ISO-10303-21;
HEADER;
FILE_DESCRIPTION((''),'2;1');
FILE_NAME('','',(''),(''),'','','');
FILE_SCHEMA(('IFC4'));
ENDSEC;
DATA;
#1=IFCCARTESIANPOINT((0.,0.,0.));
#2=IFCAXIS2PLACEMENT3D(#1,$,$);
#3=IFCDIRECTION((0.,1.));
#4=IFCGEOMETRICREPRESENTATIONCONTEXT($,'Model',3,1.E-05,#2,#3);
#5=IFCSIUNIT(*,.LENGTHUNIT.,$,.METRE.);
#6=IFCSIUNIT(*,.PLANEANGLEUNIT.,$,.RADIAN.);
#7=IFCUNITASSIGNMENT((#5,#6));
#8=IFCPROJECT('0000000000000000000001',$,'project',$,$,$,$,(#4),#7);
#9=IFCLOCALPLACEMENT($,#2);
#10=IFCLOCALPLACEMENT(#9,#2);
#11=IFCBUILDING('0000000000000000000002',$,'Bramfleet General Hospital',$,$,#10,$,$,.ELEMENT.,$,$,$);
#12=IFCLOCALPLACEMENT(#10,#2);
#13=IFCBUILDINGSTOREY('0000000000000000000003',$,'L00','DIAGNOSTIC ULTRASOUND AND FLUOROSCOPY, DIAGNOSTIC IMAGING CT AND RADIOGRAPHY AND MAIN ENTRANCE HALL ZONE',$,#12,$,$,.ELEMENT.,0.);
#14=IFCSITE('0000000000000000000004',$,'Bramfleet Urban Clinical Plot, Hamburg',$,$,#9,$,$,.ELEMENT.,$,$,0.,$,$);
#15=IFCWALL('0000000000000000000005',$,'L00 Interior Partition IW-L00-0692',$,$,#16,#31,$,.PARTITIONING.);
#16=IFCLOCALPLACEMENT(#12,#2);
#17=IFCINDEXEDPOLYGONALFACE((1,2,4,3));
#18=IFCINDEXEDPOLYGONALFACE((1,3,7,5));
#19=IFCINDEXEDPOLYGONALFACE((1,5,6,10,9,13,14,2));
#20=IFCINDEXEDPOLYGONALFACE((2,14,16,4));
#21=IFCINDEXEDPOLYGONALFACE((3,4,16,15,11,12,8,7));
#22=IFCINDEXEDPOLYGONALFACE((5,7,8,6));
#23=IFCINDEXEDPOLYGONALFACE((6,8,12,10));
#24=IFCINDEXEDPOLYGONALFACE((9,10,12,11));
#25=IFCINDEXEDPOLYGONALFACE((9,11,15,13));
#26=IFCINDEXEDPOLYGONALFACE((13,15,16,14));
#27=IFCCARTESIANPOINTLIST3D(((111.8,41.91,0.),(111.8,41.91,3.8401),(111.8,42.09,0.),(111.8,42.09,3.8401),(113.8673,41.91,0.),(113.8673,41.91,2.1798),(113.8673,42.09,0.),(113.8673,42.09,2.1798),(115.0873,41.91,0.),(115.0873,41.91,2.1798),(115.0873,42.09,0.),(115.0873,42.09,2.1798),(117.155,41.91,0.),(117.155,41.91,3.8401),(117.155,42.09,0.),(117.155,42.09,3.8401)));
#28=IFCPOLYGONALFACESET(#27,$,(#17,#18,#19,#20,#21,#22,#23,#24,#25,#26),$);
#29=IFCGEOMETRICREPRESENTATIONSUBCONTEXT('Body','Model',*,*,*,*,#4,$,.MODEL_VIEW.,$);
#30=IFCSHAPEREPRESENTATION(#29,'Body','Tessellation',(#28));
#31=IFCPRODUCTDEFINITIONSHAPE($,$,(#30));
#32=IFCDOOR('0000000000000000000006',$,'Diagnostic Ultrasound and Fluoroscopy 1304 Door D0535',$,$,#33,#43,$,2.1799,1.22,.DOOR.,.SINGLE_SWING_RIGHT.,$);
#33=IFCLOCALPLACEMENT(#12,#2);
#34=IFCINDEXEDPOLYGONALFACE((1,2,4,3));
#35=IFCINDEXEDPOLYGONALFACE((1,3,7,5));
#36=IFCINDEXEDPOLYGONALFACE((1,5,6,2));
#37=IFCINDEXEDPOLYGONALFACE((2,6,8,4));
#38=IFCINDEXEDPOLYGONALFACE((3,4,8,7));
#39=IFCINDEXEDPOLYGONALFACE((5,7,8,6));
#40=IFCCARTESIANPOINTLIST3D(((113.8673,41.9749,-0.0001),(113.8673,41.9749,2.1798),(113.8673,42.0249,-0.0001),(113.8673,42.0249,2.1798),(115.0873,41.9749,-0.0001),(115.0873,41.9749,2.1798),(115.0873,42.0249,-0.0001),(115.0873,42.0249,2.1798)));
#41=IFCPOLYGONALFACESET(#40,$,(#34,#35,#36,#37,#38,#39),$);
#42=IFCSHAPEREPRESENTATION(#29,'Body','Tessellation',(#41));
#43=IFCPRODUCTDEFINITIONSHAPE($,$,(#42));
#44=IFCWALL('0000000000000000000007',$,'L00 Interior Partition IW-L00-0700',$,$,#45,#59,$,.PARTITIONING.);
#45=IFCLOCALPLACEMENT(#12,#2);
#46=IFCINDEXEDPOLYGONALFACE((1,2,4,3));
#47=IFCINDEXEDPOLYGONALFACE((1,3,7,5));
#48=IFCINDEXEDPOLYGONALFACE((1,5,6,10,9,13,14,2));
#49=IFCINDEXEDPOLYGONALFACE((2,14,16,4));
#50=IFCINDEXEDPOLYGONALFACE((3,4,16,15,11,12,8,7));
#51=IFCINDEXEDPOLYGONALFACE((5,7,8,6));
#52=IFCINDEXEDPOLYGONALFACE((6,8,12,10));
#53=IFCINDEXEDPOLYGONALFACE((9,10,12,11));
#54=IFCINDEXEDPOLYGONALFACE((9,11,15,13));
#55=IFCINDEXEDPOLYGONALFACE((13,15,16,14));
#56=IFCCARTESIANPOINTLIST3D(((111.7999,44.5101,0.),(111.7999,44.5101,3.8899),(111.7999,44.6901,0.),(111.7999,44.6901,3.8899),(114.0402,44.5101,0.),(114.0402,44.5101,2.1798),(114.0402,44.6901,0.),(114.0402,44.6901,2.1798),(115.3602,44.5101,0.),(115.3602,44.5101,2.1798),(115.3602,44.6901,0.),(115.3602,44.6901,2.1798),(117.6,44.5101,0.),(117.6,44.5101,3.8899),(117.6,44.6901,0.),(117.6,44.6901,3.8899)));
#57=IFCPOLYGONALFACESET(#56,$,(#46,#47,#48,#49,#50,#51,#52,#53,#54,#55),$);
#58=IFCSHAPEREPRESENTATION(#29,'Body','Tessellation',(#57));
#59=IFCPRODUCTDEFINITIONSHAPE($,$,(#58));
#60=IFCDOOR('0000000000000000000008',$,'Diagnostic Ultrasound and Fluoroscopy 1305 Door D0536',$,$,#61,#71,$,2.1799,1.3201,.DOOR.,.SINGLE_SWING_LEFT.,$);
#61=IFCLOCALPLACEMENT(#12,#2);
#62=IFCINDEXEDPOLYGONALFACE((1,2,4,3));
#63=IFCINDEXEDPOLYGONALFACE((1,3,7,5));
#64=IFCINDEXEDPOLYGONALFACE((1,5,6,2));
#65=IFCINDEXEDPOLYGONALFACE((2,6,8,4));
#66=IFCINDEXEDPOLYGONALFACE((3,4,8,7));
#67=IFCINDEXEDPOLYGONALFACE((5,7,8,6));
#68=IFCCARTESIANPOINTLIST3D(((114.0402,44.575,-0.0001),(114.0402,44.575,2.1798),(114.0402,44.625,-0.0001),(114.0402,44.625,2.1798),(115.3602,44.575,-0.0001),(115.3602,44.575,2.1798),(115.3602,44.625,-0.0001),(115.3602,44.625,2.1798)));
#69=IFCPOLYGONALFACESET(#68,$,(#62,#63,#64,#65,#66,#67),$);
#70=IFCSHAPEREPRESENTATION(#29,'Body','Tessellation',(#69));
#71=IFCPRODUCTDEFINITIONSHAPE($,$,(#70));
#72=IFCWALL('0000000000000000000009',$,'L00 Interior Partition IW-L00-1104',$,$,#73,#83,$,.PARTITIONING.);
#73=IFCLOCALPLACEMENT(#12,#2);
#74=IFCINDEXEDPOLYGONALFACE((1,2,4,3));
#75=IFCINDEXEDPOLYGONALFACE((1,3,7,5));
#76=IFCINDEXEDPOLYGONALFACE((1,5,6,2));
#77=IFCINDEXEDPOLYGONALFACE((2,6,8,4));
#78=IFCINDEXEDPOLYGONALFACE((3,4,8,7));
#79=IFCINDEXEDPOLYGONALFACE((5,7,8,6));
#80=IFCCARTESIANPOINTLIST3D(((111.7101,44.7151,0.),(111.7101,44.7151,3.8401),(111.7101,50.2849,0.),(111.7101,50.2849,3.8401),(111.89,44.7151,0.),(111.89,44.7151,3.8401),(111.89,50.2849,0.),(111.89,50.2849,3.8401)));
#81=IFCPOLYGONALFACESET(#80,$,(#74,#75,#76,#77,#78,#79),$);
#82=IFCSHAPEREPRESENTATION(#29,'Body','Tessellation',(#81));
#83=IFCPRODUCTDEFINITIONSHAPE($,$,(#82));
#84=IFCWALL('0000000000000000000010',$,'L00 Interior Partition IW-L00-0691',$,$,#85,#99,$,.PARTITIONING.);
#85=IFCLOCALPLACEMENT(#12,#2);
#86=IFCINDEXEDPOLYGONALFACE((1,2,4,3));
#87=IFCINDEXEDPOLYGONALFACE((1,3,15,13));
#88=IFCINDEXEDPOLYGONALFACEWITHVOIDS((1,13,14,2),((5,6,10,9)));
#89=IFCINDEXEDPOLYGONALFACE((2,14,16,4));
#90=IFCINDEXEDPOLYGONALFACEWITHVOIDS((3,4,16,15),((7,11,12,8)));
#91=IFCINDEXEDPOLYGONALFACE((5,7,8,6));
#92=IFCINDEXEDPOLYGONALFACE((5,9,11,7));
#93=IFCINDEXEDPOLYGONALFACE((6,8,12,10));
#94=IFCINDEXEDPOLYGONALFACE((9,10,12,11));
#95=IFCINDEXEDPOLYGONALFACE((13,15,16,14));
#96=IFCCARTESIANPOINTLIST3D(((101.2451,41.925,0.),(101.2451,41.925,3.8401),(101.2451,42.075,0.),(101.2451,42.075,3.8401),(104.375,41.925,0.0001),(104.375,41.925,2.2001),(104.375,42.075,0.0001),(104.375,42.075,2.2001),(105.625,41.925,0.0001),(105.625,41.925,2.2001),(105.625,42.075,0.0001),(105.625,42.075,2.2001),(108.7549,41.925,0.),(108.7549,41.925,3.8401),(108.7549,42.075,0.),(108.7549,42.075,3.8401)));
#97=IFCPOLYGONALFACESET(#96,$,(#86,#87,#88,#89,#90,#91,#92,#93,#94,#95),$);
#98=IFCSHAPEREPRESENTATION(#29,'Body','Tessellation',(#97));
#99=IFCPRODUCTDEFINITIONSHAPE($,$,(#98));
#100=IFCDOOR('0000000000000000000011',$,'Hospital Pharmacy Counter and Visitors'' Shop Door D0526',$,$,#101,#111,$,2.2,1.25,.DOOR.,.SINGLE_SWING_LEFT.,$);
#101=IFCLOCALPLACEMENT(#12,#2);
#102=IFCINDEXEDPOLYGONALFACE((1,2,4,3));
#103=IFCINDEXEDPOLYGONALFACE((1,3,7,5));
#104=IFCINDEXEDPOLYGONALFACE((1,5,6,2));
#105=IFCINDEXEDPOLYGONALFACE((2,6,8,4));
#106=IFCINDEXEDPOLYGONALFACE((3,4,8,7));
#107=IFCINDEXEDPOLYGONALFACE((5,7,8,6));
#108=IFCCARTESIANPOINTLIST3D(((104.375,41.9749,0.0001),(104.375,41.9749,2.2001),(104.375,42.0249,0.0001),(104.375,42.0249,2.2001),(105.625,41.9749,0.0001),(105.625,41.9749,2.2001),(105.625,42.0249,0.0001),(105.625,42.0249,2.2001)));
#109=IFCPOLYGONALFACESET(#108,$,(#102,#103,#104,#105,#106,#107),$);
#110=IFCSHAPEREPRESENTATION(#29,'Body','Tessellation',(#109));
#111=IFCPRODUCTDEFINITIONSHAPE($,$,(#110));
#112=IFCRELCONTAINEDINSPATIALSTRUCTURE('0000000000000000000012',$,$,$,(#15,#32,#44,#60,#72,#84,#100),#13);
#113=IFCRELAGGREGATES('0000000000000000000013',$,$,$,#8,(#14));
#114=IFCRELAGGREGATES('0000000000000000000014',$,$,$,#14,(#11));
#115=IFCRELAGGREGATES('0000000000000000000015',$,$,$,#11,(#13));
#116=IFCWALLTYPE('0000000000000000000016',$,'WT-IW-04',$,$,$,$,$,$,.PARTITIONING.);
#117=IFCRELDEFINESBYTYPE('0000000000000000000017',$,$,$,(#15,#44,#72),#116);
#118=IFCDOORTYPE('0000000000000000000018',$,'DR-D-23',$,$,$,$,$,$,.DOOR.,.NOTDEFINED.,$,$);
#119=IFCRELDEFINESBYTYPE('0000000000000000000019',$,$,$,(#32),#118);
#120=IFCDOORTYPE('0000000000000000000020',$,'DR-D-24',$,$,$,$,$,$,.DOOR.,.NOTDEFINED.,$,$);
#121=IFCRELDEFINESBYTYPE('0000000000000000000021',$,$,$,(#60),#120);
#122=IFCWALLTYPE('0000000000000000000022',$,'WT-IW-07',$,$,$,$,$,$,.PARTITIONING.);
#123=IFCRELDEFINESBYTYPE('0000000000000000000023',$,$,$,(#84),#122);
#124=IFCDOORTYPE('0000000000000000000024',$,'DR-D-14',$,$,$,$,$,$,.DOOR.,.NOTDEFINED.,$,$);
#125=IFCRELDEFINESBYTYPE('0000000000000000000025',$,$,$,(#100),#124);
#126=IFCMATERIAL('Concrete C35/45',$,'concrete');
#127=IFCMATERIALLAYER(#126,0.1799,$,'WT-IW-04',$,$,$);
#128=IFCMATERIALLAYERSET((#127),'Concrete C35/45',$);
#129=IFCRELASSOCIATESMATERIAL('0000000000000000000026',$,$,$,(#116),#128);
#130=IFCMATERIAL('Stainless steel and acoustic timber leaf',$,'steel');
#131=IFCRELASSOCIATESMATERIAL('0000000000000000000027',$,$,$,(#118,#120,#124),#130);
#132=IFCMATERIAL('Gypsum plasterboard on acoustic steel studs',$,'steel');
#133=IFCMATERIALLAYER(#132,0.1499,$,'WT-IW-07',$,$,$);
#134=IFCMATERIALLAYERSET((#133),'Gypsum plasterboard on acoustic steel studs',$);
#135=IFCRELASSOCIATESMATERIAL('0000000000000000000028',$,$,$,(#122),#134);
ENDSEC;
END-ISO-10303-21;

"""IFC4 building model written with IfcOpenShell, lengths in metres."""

from ifc_helpers import new_model, si_unit, direction, frame, frame_2d, origin, place, context, subcontext, project, spatial, rectangle, extrude, material, layer, layer_set, type_object, element, fill, save


model = new_model("IFC4")

# Units and contexts
model_context = context("Model", 3, precision=1e-05, world=origin(), true_north=direction((0.0, 1.0)))
body_context = subcontext(model_context, "Body", "Model", "MODEL_VIEW")
ifc_project = project(units=[si_unit("LENGTHUNIT", "METRE"), si_unit("PLANEANGLEUNIT", "RADIAN")], contexts=[model_context])

# Site, building, storey
site_placement = place(None, origin())
site = spatial("IfcSite", under=ifc_project, at=site_placement, Name="Bramfleet Urban Clinical Plot, Hamburg", CompositionType="ELEMENT", RefElevation=0.0)
building_placement = place(site_placement, origin())
building = spatial("IfcBuilding", under=site, at=building_placement, Name="Bramfleet General Hospital", CompositionType="ELEMENT")
storey_placement = place(building_placement, origin())
storey = spatial("IfcBuildingStorey", under=building, at=storey_placement, Name="L00", Description="DIAGNOSTIC ULTRASOUND AND FLUOROSCOPY, DIAGNOSTIC IMAGING CT AND RADIOGRAPHY AND MAIN ENTRANCE HALL ZONE", CompositionType="ELEMENT", Elevation=0.0)

# Shared definitions
ifc_material_1 = material(Name="Concrete C35/45", Category="concrete")

# Walls, openings, doors
ifc_layer_1 = layer(ifc_material_1, 0.1799, Name="WT-IW-04")
ifc_layer_set_1 = layer_set([ifc_layer_1], Name="Concrete C35/45")
wall_type_1 = type_object("IfcWallType", Name="WT-IW-04", PredefinedType="PARTITIONING", material=ifc_layer_set_1)
wall_1_placement = place(storey_placement, frame((111.8, 42.0, 0.0), z_axis=(0.0, 0.0, 1.0), x_axis=(1.0, 0.0, 0.0)))
wall_1 = element("IfcWall", 1, at=wall_1_placement, inside=storey, type_object=wall_type_1, Name="L00 Interior Partition IW-L00-0692", PredefinedType="PARTITIONING", context=body_context, shape_type="SweptSolid", body=[
    extrude(rectangle(XDim=5.355, YDim=0.1799, at=frame_2d((2.6775, 0.0))), origin(), (0.0, 0.0, 1.0), 3.8401),
])
opening_1_placement = place(wall_1_placement, frame((2.0674, 0.0, 0.0)))
opening_1 = element("IfcOpeningElement", 2, at=opening_1_placement, cuts=wall_1, PredefinedType="OPENING", context=body_context, shape_type="SweptSolid", body=[
    extrude(rectangle(XDim=1.22, YDim=2.1799, at=frame_2d((0.6099, 1.0898))), frame((0.0, 0.0999, 0.0), z_axis=(0.0, -1.0, 0.0), x_axis=(1.0, 0.0, 0.0)), (0.0, 0.0, 1.0), 0.2),
])
ifc_material_2 = material(Name="Stainless steel and acoustic timber leaf", Category="steel")
door_type_1 = type_object("IfcDoorType", Name="DR-D-23", OperationType="NOTDEFINED", PredefinedType="DOOR", material=ifc_material_2)
door_1_placement = place(opening_1_placement, origin())
door_1 = element("IfcDoor", 3, at=door_1_placement, inside=storey, type_object=door_type_1, Name="Diagnostic Ultrasound and Fluoroscopy 1304 Door D0535", OperationType="SINGLE_SWING_RIGHT", OverallHeight=2.1799, OverallWidth=1.22, PredefinedType="DOOR", context=body_context, shape_type="SweptSolid", body=[
    extrude(rectangle(XDim=1.22, YDim=2.1799, at=frame_2d((0.6099, 1.0898))), frame((0.0, 0.0249, 0.0), z_axis=(0.0, -1.0, 0.0), x_axis=(1.0, 0.0, 0.0)), (0.0, 0.0, 1.0), 0.05),
])
fill(opening_1, door_1)
wall_2_placement = place(storey_placement, frame((111.8, 44.6001, 0.0), z_axis=(0.0, 0.0, 1.0), x_axis=(1.0, 0.0, 0.0)))
wall_2 = element("IfcWall", 4, at=wall_2_placement, inside=storey, type_object=wall_type_1, Name="L00 Interior Partition IW-L00-0700", PredefinedType="PARTITIONING", context=body_context, shape_type="SweptSolid", body=[
    extrude(rectangle(XDim=5.8, YDim=0.1799, at=frame_2d((2.8999, 0.0))), origin(), (0.0, 0.0, 1.0), 3.8899),
])
opening_2_placement = place(wall_2_placement, frame((2.24, 0.0, 0.0)))
opening_2 = element("IfcOpeningElement", 5, at=opening_2_placement, cuts=wall_2, PredefinedType="OPENING", context=body_context, shape_type="SweptSolid", body=[
    extrude(rectangle(XDim=1.3201, YDim=2.1799, at=frame_2d((0.6602, 1.0898))), frame((0.0, 0.0999, 0.0), z_axis=(0.0, -1.0, 0.0), x_axis=(1.0, 0.0, 0.0)), (0.0, 0.0, 1.0), 0.2),
])
door_type_2 = type_object("IfcDoorType", Name="DR-D-24", OperationType="NOTDEFINED", PredefinedType="DOOR", material=ifc_material_2)
door_2_placement = place(opening_2_placement, origin())
door_2 = element("IfcDoor", 6, at=door_2_placement, inside=storey, type_object=door_type_2, Name="Diagnostic Ultrasound and Fluoroscopy 1305 Door D0536", OperationType="SINGLE_SWING_LEFT", OverallHeight=2.1799, OverallWidth=1.3201, PredefinedType="DOOR", context=body_context, shape_type="SweptSolid", body=[
    extrude(rectangle(XDim=1.3201, YDim=2.1799, at=frame_2d((0.6602, 1.0898))), frame((0.0, 0.0249, 0.0), z_axis=(0.0, -1.0, 0.0), x_axis=(1.0, 0.0, 0.0)), (0.0, 0.0, 1.0), 0.05),
])
fill(opening_2, door_2)

# Wall
wall_3_placement = place(storey_placement, frame((111.8, 44.7151, 0.0), z_axis=(0.0, 0.0, 1.0), x_axis=(0.0, 1.0, 0.0)))
element("IfcWall", 7, at=wall_3_placement, inside=storey, type_object=wall_type_1, Name="L00 Interior Partition IW-L00-1104", PredefinedType="PARTITIONING", context=body_context, shape_type="SweptSolid", body=[
    extrude(rectangle(XDim=5.5698, YDim=0.1799, at=frame_2d((2.7849, 0.0))), origin(), (0.0, 0.0, 1.0), 3.8401),
])

# Wall, opening, door
ifc_material_3 = material(Name="Gypsum plasterboard on acoustic steel studs", Category="steel")
ifc_layer_2 = layer(ifc_material_3, 0.1499, Name="WT-IW-07")
ifc_layer_set_2 = layer_set([ifc_layer_2], Name="Gypsum plasterboard on acoustic steel studs")
wall_type_2 = type_object("IfcWallType", Name="WT-IW-07", PredefinedType="PARTITIONING", material=ifc_layer_set_2)
wall_4_placement = place(storey_placement, frame((101.2451, 42.0, 0.0), z_axis=(0.0, 0.0, 1.0), x_axis=(1.0, 0.0, 0.0)))
wall_4 = element("IfcWall", 8, at=wall_4_placement, inside=storey, type_object=wall_type_2, Name="L00 Interior Partition IW-L00-0691", PredefinedType="PARTITIONING", context=body_context, shape_type="SweptSolid", body=[
    extrude(rectangle(XDim=7.5098, YDim=0.1499, at=frame_2d((3.7549, 0.0))), origin(), (0.0, 0.0, 1.0), 3.8401),
])
opening_3_placement = place(wall_4_placement, frame((3.1299, 0.0, 0.0)))
opening_3 = element("IfcOpeningElement", 9, at=opening_3_placement, cuts=wall_4, PredefinedType="OPENING", context=body_context, shape_type="SweptSolid", body=[
    extrude(rectangle(XDim=1.25, YDim=2.2, at=frame_2d((0.625, 1.1001))), frame((0.0, 0.085, 0.0), z_axis=(0.0, -1.0, 0.0), x_axis=(1.0, 0.0, 0.0)), (0.0, 0.0, 1.0), 0.1699),
])
door_type_3 = type_object("IfcDoorType", Name="DR-D-14", OperationType="NOTDEFINED", PredefinedType="DOOR", material=ifc_material_2)
door_3_placement = place(opening_3_placement, origin())
door_3 = element("IfcDoor", 10, at=door_3_placement, inside=storey, type_object=door_type_3, Name="Hospital Pharmacy Counter and Visitors' Shop Door D0526", OperationType="SINGLE_SWING_LEFT", OverallHeight=2.2, OverallWidth=1.25, PredefinedType="DOOR", context=body_context, shape_type="SweptSolid", body=[
    extrude(rectangle(XDim=1.25, YDim=2.2, at=frame_2d((0.625, 1.1001))), frame((0.0, 0.0249, 0.0), z_axis=(0.0, -1.0, 0.0), x_axis=(1.0, 0.0, 0.0)), (0.0, 0.0, 1.0), 0.05),
])
fill(opening_3, door_3)

save(model, "model.ifc")
